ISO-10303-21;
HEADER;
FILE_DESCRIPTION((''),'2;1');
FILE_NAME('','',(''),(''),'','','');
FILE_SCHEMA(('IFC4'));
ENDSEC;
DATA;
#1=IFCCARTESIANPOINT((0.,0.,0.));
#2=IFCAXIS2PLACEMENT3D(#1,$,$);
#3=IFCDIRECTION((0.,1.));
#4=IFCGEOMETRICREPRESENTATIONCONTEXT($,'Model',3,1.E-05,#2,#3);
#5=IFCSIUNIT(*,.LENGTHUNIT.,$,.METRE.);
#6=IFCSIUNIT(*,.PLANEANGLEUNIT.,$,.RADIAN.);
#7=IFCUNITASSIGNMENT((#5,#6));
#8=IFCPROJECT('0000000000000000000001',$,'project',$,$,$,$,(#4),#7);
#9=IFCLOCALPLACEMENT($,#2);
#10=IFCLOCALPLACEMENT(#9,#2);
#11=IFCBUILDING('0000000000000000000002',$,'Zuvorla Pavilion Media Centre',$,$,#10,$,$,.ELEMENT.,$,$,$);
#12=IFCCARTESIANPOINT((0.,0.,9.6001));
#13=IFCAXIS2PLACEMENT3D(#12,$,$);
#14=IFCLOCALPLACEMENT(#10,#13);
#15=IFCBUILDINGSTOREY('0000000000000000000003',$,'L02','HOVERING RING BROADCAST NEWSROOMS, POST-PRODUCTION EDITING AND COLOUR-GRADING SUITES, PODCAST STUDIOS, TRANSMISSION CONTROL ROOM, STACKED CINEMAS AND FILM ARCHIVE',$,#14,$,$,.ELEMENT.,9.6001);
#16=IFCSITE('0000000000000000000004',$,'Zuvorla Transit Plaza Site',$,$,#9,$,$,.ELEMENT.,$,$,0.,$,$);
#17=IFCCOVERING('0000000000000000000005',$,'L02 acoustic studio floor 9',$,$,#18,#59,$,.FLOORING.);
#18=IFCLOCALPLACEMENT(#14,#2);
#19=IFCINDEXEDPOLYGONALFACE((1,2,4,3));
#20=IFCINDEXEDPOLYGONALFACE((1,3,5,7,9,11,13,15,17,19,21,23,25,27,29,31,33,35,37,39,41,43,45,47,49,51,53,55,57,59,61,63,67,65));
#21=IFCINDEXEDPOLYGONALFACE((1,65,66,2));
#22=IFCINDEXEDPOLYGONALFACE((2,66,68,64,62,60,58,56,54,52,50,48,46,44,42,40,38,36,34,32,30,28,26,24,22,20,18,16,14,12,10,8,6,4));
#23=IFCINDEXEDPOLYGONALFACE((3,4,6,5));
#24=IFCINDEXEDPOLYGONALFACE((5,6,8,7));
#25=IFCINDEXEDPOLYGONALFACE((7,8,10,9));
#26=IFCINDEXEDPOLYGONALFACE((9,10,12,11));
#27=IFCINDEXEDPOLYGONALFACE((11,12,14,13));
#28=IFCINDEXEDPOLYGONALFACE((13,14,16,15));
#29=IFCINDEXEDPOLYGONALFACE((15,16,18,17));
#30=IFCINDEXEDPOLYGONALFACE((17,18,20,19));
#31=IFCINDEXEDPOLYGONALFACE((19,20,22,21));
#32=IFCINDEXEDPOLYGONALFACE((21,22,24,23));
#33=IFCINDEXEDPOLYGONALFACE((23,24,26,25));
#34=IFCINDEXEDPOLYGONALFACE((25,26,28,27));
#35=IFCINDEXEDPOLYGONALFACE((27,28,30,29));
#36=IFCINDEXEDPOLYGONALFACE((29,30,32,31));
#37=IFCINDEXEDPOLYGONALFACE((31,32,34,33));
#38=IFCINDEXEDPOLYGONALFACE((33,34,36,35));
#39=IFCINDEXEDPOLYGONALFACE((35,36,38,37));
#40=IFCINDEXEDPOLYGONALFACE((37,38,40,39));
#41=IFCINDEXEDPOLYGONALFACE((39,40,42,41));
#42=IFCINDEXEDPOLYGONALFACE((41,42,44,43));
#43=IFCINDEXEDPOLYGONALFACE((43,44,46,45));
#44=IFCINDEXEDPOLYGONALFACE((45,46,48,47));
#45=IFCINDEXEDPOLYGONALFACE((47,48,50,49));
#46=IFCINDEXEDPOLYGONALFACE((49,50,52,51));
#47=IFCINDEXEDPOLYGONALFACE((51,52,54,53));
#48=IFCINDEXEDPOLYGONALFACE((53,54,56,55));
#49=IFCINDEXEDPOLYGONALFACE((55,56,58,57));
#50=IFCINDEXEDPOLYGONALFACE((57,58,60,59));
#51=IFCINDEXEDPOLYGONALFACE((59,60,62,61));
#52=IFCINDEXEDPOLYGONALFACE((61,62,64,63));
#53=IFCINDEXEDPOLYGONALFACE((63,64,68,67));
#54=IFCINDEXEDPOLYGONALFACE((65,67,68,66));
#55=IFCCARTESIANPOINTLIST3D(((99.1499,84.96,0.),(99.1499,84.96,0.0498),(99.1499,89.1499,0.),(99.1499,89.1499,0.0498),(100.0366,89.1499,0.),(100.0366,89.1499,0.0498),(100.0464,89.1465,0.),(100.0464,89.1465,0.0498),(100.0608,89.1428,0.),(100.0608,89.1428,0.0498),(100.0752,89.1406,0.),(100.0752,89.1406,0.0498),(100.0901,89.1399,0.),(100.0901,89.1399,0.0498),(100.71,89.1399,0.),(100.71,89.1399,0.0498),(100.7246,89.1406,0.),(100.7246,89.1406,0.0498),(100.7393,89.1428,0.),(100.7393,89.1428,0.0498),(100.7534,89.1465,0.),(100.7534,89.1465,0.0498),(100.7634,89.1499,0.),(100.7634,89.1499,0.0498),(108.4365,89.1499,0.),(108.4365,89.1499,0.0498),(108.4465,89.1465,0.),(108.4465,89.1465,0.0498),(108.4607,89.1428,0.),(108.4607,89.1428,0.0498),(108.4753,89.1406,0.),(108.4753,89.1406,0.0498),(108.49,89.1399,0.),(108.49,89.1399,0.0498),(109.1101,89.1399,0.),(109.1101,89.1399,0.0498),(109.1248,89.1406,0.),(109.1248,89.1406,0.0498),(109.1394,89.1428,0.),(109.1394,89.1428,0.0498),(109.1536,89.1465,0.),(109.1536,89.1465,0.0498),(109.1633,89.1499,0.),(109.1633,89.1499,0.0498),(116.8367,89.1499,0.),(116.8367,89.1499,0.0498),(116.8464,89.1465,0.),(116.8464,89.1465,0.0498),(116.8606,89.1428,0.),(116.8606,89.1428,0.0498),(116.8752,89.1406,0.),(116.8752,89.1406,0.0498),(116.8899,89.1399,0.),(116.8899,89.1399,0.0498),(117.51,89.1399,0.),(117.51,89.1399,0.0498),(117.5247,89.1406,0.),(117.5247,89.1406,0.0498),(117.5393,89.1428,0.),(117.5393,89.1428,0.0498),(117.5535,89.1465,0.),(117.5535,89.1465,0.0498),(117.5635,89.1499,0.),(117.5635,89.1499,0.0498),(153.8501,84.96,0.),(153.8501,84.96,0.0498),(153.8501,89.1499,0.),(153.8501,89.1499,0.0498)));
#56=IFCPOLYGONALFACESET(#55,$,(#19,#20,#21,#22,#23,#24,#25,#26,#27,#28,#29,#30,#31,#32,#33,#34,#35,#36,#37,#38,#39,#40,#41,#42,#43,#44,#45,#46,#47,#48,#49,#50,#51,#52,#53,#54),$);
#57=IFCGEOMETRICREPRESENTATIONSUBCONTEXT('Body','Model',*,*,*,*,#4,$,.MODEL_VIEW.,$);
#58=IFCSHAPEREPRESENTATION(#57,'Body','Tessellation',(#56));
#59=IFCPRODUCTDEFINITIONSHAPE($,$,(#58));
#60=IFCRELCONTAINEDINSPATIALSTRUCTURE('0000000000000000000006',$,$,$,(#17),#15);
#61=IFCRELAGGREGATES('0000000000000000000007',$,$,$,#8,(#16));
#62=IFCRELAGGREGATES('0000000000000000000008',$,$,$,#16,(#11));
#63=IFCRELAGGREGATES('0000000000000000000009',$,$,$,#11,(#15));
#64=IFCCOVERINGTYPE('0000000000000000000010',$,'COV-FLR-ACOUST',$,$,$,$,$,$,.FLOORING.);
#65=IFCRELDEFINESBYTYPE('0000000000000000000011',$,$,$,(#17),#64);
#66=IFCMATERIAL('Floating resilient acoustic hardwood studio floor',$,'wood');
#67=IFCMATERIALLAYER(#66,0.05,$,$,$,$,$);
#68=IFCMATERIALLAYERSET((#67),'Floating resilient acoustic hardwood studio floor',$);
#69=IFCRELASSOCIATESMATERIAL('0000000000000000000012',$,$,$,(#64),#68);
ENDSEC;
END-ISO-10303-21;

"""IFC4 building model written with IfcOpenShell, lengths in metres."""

from ifc_helpers import new_model, si_unit, direction, frame, origin, place, context, subcontext, project, spatial, polyline, outline, extrude, material, layer, layer_set, type_object, element, save


model = new_model("IFC4")

# Units and contexts
model_context = context("Model", 3, precision=1e-05, world=origin(), true_north=direction((0.0, 1.0)))
body_context = subcontext(model_context, "Body", "Model", "MODEL_VIEW")
ifc_project = project(units=[si_unit("LENGTHUNIT", "METRE"), si_unit("PLANEANGLEUNIT", "RADIAN")], contexts=[model_context])

# Site, building, storey
site_placement = place(None, origin())
site = spatial("IfcSite", under=ifc_project, at=site_placement, Name="Zuvorla Transit Plaza Site", CompositionType="ELEMENT", RefElevation=0.0)
building_placement = place(site_placement, origin())
building = spatial("IfcBuilding", under=site, at=building_placement, Name="Zuvorla Pavilion Media Centre", CompositionType="ELEMENT")
storey_placement = place(building_placement, frame((0.0, 0.0, 9.6001)))
storey = spatial("IfcBuildingStorey", under=building, at=storey_placement, Name="L02", Description="HOVERING RING BROADCAST NEWSROOMS, POST-PRODUCTION EDITING AND COLOUR-GRADING SUITES, PODCAST STUDIOS, TRANSMISSION CONTROL ROOM, STACKED CINEMAS AND FILM ARCHIVE", CompositionType="ELEMENT", Elevation=9.6001)

# Covering
ifc_material_1 = material(Name="Floating resilient acoustic hardwood studio floor", Category="wood")
ifc_layer_1 = layer(ifc_material_1, 0.05)
ifc_layer_set_1 = layer_set([ifc_layer_1], Name="Floating resilient acoustic hardwood studio floor")
covering_type_1 = type_object("IfcCoveringType", Name="COV-FLR-ACOUST", PredefinedType="FLOORING", material=ifc_layer_set_1)
covering_1_placement = place(storey_placement, origin())
element("IfcCovering", 1, at=covering_1_placement, inside=storey, type_object=covering_type_1, Name="L02 acoustic studio floor 9", PredefinedType="FLOORING", context=body_context, shape_type="SweptSolid", body=[
    extrude(outline(polyline([(99.1499, 89.1499), (100.0366, 89.1499), (100.0464, 89.1465), (100.0608, 89.1428), (100.0752, 89.1406), (100.0901, 89.1399), (100.71, 89.1399), (100.7246, 89.1406), (100.7393, 89.1428), (100.7534, 89.1465), (100.7634, 89.1499), (108.4365, 89.1499), (108.4465, 89.1465), (108.4607, 89.1428), (108.4753, 89.1406), (108.49, 89.1399), (109.1101, 89.1399), (109.1248, 89.1406), (109.1394, 89.1428), (109.1536, 89.1465), (109.1633, 89.1499), (116.8367, 89.1499), (116.8464, 89.1465), (116.8606, 89.1428), (116.8752, 89.1406), (116.8899, 89.1399), (117.51, 89.1399), (117.5247, 89.1406), (117.5393, 89.1428), (117.5535, 89.1465), (117.5635, 89.1499), (153.8501, 89.1499), (153.8501, 84.96), (99.1499, 84.96), (99.1499, 89.1499)])), origin(), (0.0, 0.0, 1.0), 0.0498),
])

save(model, "model.ifc")
